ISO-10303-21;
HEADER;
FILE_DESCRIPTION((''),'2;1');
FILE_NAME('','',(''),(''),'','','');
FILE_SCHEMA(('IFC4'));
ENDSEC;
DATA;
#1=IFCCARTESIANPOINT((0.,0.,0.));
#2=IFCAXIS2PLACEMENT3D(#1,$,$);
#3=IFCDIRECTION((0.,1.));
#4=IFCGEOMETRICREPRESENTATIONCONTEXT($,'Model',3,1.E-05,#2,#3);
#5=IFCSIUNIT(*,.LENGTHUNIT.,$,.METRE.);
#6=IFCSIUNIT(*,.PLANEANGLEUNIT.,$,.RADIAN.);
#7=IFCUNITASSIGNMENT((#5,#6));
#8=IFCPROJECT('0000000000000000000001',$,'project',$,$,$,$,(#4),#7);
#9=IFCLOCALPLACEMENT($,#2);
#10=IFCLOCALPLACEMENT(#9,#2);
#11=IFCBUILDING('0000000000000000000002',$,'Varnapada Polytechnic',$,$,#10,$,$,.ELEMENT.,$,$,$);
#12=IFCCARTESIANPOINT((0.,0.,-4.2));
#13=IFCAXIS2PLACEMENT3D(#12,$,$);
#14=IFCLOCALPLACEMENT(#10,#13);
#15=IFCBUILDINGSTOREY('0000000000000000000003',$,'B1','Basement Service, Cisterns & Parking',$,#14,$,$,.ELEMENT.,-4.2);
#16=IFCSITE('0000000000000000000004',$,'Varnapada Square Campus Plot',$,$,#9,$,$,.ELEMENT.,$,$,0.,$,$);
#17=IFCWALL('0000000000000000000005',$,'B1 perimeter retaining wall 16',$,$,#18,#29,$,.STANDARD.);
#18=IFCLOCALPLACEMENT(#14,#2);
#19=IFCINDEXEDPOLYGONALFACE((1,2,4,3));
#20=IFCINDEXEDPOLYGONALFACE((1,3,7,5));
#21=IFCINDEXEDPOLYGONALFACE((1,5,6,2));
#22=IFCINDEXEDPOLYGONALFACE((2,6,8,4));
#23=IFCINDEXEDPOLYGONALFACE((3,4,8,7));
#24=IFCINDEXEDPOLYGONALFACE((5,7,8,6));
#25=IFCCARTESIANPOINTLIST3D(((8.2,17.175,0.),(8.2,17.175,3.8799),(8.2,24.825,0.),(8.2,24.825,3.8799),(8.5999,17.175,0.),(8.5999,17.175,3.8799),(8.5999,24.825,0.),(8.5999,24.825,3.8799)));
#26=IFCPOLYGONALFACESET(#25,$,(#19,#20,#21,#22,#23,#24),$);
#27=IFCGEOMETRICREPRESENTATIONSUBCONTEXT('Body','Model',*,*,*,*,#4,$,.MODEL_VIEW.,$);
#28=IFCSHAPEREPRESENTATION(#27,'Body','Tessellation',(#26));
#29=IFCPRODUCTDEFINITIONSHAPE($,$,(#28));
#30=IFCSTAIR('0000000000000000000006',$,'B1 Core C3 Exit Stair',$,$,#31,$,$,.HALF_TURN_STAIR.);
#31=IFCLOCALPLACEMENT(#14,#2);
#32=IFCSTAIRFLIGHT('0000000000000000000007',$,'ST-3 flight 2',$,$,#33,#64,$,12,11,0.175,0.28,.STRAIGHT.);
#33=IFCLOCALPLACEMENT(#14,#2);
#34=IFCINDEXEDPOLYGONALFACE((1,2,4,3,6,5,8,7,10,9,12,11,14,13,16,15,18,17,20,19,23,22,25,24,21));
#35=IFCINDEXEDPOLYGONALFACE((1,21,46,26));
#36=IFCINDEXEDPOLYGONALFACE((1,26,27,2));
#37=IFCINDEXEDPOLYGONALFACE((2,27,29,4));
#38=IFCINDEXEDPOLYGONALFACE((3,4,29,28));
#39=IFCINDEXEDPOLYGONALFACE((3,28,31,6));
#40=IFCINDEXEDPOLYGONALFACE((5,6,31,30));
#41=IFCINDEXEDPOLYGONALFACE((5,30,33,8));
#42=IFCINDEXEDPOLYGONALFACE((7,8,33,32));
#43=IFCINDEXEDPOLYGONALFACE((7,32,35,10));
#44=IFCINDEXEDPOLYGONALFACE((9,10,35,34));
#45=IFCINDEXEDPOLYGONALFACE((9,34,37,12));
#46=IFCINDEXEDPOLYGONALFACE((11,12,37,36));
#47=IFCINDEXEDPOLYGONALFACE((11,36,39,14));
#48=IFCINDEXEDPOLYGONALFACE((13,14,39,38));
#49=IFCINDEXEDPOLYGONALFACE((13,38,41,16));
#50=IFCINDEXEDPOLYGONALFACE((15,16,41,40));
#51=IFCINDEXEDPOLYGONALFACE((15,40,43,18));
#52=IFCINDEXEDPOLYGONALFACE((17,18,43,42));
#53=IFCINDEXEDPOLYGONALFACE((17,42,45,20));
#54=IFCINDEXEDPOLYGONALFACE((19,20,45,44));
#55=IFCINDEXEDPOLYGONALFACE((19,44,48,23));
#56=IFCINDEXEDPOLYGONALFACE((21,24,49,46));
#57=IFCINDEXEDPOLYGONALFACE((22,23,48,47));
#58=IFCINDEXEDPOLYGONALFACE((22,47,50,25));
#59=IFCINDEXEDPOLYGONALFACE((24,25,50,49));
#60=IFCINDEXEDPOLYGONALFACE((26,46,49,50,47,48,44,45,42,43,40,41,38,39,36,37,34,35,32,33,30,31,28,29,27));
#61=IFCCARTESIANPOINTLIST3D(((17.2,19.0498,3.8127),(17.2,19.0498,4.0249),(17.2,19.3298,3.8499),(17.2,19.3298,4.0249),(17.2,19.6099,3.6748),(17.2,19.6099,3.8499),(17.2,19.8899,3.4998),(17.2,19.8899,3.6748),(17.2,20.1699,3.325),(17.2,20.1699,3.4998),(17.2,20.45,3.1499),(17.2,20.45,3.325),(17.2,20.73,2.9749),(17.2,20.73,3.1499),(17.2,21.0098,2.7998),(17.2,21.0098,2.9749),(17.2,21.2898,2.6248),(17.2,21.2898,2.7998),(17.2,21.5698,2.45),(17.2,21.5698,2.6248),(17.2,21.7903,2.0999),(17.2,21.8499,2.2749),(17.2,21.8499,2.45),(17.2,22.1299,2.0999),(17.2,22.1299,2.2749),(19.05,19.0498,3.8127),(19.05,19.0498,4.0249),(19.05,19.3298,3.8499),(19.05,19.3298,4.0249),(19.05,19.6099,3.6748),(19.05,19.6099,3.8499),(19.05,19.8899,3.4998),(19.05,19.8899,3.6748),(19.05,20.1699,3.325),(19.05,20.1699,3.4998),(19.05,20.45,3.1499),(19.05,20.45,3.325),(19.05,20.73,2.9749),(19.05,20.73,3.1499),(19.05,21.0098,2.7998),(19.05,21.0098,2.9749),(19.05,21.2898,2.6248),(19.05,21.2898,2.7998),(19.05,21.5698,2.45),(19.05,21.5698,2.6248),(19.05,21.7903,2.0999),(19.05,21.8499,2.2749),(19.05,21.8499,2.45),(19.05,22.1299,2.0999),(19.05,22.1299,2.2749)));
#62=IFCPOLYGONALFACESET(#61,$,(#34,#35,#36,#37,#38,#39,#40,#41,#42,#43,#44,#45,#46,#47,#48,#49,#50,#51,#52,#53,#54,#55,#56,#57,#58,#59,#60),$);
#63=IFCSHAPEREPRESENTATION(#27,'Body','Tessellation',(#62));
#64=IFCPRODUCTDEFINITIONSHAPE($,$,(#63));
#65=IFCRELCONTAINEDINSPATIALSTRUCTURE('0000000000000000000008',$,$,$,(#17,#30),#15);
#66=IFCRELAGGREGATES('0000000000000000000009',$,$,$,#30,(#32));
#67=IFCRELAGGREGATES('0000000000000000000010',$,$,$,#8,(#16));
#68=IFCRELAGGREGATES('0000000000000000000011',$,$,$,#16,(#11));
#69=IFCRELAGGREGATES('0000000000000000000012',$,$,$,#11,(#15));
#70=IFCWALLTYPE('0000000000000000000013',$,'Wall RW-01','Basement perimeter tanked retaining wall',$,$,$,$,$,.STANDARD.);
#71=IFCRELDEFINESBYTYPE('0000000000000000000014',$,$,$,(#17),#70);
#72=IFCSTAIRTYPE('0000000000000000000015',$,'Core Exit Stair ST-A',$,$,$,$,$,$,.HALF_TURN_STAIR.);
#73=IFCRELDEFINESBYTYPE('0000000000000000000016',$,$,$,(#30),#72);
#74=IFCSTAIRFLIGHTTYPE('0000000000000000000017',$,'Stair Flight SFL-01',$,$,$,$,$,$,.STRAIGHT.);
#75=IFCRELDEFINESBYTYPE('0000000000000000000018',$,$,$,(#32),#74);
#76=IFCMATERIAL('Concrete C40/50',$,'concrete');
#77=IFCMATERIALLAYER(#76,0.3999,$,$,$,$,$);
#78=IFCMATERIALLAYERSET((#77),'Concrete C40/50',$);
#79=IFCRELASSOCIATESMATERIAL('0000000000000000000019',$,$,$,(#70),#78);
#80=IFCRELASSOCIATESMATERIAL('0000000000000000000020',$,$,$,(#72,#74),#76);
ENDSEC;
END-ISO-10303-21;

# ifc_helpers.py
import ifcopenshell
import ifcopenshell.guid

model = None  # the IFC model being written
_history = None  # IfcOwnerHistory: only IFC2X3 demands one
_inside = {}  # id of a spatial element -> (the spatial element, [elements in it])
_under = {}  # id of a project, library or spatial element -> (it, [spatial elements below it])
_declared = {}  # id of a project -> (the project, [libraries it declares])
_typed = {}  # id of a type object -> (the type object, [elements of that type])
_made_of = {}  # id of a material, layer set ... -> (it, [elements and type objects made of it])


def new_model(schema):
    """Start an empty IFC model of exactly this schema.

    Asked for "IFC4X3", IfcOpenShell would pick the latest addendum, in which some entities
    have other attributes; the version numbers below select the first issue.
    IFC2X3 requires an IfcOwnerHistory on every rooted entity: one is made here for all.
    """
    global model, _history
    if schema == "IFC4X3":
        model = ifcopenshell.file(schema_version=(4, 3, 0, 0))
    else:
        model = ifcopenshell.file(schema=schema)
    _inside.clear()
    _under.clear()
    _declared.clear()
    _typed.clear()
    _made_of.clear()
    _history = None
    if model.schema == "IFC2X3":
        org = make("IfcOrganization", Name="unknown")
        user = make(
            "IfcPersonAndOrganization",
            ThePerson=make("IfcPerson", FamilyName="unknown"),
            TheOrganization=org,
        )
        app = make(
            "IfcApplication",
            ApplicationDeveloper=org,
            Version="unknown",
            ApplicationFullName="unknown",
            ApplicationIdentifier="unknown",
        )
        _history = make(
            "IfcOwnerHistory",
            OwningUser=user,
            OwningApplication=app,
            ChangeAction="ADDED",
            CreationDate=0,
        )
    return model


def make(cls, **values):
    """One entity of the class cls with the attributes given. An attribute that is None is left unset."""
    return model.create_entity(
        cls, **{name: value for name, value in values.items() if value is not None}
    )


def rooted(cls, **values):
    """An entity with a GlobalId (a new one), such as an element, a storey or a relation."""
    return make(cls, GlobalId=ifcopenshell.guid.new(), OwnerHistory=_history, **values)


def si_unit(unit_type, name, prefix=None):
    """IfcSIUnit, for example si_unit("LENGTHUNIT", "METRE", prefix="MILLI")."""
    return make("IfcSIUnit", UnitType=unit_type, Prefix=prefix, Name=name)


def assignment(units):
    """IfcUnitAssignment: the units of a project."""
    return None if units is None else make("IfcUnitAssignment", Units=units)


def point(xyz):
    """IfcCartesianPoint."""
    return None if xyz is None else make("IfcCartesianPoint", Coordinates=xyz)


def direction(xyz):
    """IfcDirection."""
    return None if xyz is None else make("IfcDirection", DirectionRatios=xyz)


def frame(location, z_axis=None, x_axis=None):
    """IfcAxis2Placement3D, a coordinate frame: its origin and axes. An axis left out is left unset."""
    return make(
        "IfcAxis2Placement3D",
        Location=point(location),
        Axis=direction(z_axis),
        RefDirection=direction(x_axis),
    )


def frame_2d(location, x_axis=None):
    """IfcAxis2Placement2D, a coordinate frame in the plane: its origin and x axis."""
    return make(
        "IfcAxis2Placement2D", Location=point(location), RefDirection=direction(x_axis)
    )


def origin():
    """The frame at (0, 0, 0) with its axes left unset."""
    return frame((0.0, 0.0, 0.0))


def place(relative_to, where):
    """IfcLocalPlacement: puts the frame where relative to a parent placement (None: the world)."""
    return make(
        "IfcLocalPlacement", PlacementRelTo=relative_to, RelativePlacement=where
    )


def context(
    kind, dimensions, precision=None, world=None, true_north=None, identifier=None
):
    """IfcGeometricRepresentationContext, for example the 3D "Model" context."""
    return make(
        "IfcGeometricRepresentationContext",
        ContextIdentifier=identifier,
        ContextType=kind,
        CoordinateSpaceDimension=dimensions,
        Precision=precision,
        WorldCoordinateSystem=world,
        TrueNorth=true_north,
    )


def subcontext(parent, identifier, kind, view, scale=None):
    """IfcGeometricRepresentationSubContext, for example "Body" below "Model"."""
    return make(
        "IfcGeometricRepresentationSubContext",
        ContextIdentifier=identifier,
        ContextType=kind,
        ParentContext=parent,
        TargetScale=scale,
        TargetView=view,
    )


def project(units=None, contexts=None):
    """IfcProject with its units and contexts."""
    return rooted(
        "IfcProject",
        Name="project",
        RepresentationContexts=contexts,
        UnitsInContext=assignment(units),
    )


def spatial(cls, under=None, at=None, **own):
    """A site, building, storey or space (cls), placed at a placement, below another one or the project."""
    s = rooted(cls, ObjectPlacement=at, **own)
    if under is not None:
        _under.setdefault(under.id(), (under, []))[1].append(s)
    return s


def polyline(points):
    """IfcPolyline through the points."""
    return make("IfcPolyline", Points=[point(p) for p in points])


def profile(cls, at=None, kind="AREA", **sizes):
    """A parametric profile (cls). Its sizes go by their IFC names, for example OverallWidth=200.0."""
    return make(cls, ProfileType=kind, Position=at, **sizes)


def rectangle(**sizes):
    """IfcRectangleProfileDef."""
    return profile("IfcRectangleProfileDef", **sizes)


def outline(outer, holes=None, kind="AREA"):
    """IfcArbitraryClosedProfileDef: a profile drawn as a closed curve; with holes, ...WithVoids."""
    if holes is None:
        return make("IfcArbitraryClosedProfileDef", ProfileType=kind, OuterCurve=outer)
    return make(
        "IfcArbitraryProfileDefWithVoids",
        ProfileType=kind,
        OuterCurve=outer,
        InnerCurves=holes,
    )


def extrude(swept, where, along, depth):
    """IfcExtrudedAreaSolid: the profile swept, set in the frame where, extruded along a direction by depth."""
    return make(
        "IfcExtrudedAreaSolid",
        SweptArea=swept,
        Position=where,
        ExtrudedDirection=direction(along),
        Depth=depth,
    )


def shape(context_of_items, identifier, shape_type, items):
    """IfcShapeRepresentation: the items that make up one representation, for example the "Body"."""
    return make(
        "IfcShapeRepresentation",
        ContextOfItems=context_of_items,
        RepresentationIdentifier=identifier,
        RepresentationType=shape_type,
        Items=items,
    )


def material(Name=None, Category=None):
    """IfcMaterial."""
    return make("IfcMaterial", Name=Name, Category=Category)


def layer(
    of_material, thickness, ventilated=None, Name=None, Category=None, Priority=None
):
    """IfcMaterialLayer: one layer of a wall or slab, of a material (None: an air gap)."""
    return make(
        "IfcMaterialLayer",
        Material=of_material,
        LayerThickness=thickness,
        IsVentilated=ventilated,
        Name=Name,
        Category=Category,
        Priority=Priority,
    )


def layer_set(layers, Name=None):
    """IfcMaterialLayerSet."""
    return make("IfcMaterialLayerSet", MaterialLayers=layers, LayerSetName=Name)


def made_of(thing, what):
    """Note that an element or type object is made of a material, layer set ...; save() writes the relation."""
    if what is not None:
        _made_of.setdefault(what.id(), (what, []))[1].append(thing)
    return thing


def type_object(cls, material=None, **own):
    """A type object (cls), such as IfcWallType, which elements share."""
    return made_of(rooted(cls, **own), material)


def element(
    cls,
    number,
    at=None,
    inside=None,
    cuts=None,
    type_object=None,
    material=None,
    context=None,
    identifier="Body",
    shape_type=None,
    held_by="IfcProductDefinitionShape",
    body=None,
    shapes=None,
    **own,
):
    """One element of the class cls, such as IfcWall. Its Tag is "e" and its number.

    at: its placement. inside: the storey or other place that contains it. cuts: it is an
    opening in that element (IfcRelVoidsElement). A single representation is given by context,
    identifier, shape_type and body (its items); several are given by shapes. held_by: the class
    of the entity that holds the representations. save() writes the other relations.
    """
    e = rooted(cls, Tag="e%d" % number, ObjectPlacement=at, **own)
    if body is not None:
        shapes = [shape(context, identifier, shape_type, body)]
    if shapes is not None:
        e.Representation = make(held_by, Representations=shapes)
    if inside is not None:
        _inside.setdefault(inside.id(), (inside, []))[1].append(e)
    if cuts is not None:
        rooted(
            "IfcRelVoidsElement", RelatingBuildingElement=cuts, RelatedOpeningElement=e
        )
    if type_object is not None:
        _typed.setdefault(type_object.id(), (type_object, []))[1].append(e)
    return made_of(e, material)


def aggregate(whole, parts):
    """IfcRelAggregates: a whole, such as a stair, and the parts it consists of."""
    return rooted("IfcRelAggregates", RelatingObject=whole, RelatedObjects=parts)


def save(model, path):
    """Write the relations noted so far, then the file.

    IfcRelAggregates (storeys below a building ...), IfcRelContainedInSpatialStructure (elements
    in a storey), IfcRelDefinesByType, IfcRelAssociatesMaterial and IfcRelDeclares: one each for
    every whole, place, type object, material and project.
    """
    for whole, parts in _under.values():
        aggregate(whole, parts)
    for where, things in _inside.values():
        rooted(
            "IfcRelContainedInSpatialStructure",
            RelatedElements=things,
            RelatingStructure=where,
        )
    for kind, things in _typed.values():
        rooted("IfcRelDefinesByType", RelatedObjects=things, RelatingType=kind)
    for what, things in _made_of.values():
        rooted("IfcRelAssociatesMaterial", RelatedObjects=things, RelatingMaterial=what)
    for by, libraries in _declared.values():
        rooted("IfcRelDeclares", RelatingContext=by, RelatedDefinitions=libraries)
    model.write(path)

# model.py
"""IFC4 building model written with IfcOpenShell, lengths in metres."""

from ifc_helpers import new_model, si_unit, direction, frame, frame_2d, origin, place, context, subcontext, project, spatial, polyline, rectangle, outline, extrude, material, layer, layer_set, type_object, element, aggregate, save


model = new_model("IFC4")

# Units and contexts
model_context = context("Model", 3, precision=1e-05, world=origin(), true_north=direction((0.0, 1.0)))
body_context = subcontext(model_context, "Body", "Model", "MODEL_VIEW")
ifc_project = project(units=[si_unit("LENGTHUNIT", "METRE"), si_unit("PLANEANGLEUNIT", "RADIAN")], contexts=[model_context])

# Site, building, storey
site_placement = place(None, origin())
site = spatial("IfcSite", under=ifc_project, at=site_placement, Name="Varnapada Square Campus Plot", CompositionType="ELEMENT", RefElevation=0.0)
building_placement = place(site_placement, origin())
building = spatial("IfcBuilding", under=site, at=building_placement, Name="Varnapada Polytechnic", CompositionType="ELEMENT")
storey_placement = place(building_placement, frame((0.0, 0.0, -4.2)))
storey = spatial("IfcBuildingStorey", under=building, at=storey_placement, Name="B1", Description="Basement Service, Cisterns & Parking", CompositionType="ELEMENT", Elevation=-4.2)

# Shared definitions
ifc_material_1 = material(Name="Concrete C40/50", Category="concrete")

# Wall
ifc_layer_1 = layer(ifc_material_1, 0.3999)
ifc_layer_set_1 = layer_set([ifc_layer_1], Name="Concrete C40/50")
wall_type_1 = type_object("IfcWallType", Name="Wall RW-01", Description="Basement perimeter tanked retaining wall", PredefinedType="STANDARD", material=ifc_layer_set_1)
wall_1_placement = place(storey_placement, frame((8.3999, 17.175, 0.0), z_axis=(0.0, 0.0, 1.0), x_axis=(0.0, 1.0, 0.0)))
element("IfcWall", 1, at=wall_1_placement, inside=storey, type_object=wall_type_1, Name="B1 perimeter retaining wall 16", PredefinedType="STANDARD", context=body_context, shape_type="SweptSolid", body=[
    extrude(rectangle(XDim=7.6499, YDim=0.3999, at=frame_2d((3.825, 0.0))), origin(), (0.0, 0.0, 1.0), 3.8799),
])

# Stair, stair flight
stair_type = type_object("IfcStairType", Name="Core Exit Stair ST-A", PredefinedType="HALF_TURN_STAIR", material=ifc_material_1)
stair_placement = place(storey_placement, origin())
stair = element("IfcStair", 2, at=stair_placement, inside=storey, type_object=stair_type, Name="B1 Core C3 Exit Stair", PredefinedType="HALF_TURN_STAIR")
stair_flight_type = type_object("IfcStairFlightType", Name="Stair Flight SFL-01", PredefinedType="STRAIGHT", material=ifc_material_1)
stair_flight_placement = place(storey_placement, frame((18.125, 22.1299, 2.0999), z_axis=(0.0, 0.0, 1.0), x_axis=(0.0, -1.0, 0.0)))
stair_flight = element("IfcStairFlight", 3, at=stair_flight_placement, type_object=stair_flight_type, Name="ST-3 flight 2", NumberOfRisers=12, NumberOfTreads=11, PredefinedType="STRAIGHT", RiserHeight=0.175, TreadLength=0.28, context=body_context, shape_type="SweptSolid", body=[
    extrude(outline(polyline([(0.0, 0.0), (0.0, 0.175), (0.28, 0.175), (0.28, 0.3501), (0.5601, 0.3501), (0.5601, 0.5249), (0.8401, 0.5249), (0.8401, 0.7), (1.1201, 0.7), (1.1201, 0.875), (1.3999, 0.875), (1.3999, 1.05), (1.6799, 1.05), (1.6799, 1.2251), (1.96, 1.2251), (1.96, 1.3999), (2.24, 1.3999), (2.24, 1.575), (2.52, 1.575), (2.52, 1.75), (2.8, 1.75), (2.8, 1.925), (3.0801, 1.925), (3.0801, 2.1001), (3.0801, 1.7129), (0.3396, 0.0), (0.0, 0.0)])), frame((0.0, 0.925, 0.0), z_axis=(0.0, -1.0, 0.0), x_axis=(1.0, 0.0, 0.0)), (0.0, 0.0, 1.0), 1.8501),
])
aggregate(stair, [stair_flight])

save(model, "model.ifc")
